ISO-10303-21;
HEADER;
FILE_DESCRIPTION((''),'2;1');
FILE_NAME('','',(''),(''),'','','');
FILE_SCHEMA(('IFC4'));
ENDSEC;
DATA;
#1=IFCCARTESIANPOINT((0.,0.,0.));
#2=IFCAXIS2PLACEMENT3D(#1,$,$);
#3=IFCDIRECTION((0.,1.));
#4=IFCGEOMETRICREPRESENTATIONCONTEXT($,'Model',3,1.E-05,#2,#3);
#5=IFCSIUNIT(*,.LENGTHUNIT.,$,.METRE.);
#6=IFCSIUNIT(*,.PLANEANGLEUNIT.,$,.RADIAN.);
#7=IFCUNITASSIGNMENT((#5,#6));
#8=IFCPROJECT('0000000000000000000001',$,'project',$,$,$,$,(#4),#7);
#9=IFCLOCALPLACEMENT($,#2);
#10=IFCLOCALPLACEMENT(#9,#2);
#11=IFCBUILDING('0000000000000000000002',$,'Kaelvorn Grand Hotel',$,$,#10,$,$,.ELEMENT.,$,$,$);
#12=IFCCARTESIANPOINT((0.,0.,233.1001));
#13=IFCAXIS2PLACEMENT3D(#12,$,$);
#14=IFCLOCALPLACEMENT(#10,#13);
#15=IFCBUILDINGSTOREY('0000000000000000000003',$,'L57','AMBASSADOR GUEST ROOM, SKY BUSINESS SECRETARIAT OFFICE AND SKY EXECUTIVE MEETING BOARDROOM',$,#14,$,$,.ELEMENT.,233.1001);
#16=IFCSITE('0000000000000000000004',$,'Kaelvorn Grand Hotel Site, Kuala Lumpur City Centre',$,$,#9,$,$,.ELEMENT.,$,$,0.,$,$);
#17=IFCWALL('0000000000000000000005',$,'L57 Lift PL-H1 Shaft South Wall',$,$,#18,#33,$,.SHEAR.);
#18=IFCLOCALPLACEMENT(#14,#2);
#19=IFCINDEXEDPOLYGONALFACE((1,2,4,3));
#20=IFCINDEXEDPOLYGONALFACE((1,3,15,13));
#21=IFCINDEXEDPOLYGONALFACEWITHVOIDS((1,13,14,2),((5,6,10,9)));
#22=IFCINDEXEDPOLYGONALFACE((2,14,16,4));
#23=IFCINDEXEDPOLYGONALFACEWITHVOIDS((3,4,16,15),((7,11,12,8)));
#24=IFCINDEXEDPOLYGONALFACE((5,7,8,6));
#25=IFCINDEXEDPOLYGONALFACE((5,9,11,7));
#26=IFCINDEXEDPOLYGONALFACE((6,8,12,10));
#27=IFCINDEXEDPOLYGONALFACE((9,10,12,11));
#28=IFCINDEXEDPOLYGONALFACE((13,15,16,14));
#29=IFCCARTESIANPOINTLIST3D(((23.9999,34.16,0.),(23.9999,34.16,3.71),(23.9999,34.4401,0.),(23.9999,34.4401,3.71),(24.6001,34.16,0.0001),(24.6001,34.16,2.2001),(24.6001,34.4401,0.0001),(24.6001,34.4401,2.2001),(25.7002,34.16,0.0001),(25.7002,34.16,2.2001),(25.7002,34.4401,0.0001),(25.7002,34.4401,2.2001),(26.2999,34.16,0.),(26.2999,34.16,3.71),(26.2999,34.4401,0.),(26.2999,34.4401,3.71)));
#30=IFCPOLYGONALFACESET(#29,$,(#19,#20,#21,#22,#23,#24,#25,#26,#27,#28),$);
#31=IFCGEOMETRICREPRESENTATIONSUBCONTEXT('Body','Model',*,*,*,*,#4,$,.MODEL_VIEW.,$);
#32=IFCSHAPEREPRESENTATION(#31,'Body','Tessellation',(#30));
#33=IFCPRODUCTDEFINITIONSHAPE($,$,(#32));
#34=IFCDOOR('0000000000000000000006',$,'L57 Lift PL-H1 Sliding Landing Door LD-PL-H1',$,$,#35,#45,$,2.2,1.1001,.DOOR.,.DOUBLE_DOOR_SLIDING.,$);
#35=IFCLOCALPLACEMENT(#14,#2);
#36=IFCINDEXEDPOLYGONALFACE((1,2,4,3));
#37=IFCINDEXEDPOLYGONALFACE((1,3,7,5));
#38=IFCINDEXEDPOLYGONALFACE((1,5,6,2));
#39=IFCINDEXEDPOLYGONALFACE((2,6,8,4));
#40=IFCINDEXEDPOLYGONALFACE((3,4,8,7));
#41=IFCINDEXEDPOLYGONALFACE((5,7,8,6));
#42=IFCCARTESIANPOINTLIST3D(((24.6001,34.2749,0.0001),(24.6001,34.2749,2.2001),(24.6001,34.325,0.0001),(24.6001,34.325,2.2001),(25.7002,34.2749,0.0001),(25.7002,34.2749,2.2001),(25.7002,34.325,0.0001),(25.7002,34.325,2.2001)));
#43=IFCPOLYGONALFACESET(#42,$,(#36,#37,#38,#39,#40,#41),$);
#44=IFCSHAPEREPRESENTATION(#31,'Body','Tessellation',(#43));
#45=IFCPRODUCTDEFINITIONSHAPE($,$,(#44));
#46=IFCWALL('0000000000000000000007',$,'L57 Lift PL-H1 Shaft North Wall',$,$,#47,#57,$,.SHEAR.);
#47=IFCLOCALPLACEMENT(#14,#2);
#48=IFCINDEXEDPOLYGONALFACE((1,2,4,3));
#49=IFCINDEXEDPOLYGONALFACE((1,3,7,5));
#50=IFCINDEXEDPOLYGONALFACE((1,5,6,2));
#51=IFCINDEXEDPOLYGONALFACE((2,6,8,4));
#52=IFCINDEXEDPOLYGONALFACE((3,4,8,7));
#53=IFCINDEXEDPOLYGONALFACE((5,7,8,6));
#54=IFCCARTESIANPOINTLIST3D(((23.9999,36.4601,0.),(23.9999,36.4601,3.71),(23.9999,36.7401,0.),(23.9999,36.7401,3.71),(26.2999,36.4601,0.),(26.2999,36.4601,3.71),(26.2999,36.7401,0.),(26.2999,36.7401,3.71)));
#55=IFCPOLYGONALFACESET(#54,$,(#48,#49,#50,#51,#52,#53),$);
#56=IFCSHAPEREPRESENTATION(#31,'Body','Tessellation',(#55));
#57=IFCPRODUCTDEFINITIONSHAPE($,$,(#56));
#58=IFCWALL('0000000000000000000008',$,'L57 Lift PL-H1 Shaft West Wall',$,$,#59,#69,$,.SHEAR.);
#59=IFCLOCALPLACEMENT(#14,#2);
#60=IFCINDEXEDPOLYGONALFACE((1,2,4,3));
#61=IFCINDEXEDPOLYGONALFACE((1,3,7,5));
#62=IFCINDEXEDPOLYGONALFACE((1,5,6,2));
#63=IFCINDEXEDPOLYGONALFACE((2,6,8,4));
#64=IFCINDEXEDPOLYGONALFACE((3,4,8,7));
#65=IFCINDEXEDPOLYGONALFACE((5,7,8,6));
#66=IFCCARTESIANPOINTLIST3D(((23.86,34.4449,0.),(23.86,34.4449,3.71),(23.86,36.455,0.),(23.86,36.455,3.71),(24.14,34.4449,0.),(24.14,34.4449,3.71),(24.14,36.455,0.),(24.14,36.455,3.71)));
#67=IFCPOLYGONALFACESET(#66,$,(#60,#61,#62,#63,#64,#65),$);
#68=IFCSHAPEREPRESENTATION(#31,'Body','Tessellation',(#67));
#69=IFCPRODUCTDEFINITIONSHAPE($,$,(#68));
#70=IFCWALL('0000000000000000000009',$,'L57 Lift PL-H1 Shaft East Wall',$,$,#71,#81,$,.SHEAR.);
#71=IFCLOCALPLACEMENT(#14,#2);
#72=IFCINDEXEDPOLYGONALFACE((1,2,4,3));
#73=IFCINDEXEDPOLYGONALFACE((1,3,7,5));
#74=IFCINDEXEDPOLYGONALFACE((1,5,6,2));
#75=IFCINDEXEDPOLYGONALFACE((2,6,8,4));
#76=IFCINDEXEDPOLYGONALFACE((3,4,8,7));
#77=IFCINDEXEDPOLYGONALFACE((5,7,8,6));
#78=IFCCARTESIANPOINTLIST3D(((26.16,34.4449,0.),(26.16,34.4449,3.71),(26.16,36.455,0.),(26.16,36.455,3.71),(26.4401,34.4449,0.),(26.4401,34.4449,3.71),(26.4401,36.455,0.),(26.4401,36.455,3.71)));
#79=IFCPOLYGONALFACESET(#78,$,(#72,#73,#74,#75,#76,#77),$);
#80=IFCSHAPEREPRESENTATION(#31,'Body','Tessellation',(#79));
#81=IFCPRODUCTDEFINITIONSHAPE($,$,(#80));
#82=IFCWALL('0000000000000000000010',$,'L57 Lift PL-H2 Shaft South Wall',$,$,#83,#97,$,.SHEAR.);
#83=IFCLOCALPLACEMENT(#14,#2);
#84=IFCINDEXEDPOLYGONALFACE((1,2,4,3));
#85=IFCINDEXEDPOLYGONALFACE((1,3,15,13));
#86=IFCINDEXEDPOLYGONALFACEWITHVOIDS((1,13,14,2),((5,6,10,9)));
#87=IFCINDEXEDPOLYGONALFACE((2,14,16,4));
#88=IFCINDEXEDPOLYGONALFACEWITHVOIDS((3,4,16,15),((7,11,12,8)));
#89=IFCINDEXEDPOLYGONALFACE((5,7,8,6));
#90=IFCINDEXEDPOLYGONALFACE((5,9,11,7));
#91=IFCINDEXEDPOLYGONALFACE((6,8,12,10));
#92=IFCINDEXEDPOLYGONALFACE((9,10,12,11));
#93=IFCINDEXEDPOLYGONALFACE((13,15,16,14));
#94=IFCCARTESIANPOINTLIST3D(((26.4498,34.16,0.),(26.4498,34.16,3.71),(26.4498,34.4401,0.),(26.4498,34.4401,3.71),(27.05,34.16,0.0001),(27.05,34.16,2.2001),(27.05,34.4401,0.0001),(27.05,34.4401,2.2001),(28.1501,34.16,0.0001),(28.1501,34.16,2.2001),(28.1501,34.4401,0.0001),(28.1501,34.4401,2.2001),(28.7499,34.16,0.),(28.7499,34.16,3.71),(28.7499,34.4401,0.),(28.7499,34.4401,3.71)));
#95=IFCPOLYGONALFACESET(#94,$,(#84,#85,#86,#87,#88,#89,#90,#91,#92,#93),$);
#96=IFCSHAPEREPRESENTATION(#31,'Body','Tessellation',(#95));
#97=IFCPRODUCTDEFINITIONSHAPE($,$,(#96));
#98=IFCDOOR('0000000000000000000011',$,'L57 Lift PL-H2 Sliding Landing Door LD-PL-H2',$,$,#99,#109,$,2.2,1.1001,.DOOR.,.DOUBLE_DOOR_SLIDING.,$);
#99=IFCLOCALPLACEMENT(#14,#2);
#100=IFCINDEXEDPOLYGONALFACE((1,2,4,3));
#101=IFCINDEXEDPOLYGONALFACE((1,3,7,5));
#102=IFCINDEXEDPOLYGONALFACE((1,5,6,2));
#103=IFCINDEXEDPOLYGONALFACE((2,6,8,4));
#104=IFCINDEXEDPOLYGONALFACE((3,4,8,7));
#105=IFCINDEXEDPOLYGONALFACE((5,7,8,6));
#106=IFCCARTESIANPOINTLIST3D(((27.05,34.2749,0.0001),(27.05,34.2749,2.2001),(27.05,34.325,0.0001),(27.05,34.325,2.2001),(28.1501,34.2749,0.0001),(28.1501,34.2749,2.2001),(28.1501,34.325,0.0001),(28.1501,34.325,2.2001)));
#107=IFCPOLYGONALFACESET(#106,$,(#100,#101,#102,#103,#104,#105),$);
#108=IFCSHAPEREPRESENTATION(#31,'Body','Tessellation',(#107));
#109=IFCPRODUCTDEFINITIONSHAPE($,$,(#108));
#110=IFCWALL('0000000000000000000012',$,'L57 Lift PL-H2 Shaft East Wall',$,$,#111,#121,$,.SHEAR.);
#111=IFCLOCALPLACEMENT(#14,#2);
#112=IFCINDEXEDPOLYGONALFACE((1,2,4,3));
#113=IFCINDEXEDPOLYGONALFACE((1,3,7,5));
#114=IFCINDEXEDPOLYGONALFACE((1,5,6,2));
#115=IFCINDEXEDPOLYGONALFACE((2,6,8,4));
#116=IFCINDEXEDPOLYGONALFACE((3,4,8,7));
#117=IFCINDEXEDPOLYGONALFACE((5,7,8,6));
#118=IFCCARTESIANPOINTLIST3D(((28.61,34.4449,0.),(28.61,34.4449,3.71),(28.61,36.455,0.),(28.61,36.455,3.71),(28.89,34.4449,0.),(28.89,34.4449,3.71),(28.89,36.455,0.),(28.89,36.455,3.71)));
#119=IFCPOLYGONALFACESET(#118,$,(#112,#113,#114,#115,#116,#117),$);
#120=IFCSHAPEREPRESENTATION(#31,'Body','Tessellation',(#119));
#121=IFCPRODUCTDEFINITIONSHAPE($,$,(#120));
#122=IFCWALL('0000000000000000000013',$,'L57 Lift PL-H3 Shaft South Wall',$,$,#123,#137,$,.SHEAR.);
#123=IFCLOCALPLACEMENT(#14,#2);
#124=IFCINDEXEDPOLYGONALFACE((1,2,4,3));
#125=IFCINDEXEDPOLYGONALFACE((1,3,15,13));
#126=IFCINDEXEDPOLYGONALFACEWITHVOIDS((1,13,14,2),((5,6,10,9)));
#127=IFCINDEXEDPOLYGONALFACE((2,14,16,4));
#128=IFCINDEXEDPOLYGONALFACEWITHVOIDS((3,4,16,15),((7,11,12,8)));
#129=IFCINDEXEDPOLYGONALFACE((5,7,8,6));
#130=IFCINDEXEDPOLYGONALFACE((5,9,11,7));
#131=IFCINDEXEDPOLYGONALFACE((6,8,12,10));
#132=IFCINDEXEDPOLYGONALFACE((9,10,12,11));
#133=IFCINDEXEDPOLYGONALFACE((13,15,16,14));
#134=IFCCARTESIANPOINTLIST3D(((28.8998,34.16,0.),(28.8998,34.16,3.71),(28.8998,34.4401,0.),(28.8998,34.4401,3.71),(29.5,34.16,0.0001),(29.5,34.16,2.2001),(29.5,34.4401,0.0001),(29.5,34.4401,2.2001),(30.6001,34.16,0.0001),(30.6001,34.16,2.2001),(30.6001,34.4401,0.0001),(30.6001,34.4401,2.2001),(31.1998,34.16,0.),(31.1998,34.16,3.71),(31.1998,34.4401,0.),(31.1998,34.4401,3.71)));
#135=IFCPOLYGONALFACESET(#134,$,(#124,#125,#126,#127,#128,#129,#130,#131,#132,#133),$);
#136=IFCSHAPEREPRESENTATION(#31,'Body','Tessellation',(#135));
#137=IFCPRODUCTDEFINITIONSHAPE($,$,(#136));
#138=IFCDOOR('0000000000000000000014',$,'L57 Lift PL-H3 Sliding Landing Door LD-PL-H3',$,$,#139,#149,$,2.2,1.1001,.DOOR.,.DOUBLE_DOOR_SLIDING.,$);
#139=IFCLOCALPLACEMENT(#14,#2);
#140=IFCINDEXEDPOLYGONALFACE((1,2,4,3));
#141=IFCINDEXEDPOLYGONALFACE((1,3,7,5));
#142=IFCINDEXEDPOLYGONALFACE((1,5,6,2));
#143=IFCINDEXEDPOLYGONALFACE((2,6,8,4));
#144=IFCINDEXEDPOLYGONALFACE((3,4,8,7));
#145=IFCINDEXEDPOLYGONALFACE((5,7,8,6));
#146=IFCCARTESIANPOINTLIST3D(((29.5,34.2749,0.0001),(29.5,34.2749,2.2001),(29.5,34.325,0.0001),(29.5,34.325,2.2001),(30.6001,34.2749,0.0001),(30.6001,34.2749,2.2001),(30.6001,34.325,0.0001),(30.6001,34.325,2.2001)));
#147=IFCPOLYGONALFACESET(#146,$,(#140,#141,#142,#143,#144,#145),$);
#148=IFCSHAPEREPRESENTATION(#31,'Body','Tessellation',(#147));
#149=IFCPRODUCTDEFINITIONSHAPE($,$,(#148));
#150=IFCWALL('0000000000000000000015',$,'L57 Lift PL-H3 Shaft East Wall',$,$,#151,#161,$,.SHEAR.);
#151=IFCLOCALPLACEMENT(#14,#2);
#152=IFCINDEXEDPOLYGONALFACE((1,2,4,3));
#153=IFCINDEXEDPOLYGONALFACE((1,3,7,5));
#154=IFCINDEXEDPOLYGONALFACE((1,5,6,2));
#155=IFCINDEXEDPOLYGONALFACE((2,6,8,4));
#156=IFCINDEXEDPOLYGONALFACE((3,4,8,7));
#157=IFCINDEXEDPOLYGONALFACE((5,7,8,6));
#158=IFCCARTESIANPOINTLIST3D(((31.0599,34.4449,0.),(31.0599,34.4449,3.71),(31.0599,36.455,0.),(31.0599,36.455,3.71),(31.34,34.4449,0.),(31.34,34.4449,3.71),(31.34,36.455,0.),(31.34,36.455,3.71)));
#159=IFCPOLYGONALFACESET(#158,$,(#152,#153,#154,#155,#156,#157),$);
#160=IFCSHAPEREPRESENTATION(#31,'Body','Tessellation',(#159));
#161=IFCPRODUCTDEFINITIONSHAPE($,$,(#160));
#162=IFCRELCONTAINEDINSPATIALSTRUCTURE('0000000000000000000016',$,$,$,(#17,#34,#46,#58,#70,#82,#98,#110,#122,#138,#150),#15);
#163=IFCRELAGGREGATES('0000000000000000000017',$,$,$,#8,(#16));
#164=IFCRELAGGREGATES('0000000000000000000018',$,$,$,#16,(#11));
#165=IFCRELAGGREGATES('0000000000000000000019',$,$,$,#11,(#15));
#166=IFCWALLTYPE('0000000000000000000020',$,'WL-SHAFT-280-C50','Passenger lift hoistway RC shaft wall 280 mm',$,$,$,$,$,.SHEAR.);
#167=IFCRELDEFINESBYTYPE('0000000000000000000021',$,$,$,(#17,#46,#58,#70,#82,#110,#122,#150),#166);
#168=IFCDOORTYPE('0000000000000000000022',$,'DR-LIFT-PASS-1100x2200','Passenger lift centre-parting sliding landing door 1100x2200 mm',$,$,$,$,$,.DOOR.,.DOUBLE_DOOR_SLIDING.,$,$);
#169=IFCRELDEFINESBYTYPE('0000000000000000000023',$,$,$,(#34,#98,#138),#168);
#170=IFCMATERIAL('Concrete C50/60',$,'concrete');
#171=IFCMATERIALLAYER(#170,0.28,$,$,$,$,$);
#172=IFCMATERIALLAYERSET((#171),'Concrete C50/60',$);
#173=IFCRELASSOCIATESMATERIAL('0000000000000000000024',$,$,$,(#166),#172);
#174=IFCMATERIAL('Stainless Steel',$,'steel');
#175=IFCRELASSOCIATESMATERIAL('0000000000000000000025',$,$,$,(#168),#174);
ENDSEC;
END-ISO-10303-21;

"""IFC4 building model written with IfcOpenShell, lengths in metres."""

from ifc_helpers import new_model, si_unit, direction, frame, frame_2d, origin, place, context, subcontext, project, spatial, rectangle, extrude, material, layer, layer_set, type_object, element, fill, save


model = new_model("IFC4")

# Units and contexts
model_context = context("Model", 3, precision=1e-05, world=origin(), true_north=direction((0.0, 1.0)))
body_context = subcontext(model_context, "Body", "Model", "MODEL_VIEW")
ifc_project = project(units=[si_unit("LENGTHUNIT", "METRE"), si_unit("PLANEANGLEUNIT", "RADIAN")], contexts=[model_context])

# Site, building, storey
site_placement = place(None, origin())
site = spatial("IfcSite", under=ifc_project, at=site_placement, Name="Kaelvorn Grand Hotel Site, Kuala Lumpur City Centre", CompositionType="ELEMENT", RefElevation=0.0)
building_placement = place(site_placement, origin())
building = spatial("IfcBuilding", under=site, at=building_placement, Name="Kaelvorn Grand Hotel", CompositionType="ELEMENT")
storey_placement = place(building_placement, frame((0.0, 0.0, 233.1001)))
storey = spatial("IfcBuildingStorey", under=building, at=storey_placement, Name="L57", Description="AMBASSADOR GUEST ROOM, SKY BUSINESS SECRETARIAT OFFICE AND SKY EXECUTIVE MEETING BOARDROOM", CompositionType="ELEMENT", Elevation=233.1001)

# Shared definitions
ifc_material_1 = material(Name="Concrete C50/60", Category="concrete")

# Wall, opening, door
ifc_layer_1 = layer(ifc_material_1, 0.28)
ifc_layer_set_1 = layer_set([ifc_layer_1], Name="Concrete C50/60")
wall_type_1 = type_object("IfcWallType", Name="WL-SHAFT-280-C50", Description="Passenger lift hoistway RC shaft wall 280 mm", PredefinedType="SHEAR", material=ifc_layer_set_1)
wall_1_placement = place(storey_placement, frame((24.0, 34.3, 0.0), z_axis=(0.0, 0.0, 1.0), x_axis=(1.0, 0.0, 0.0)))
wall_1 = element("IfcWall", 1, at=wall_1_placement, inside=storey, type_object=wall_type_1, Name="L57 Lift PL-H1 Shaft South Wall", PredefinedType="SHEAR", context=body_context, shape_type="SweptSolid", body=[
    extrude(rectangle(XDim=2.3, YDim=0.28, at=frame_2d((1.1499, 0.0))), origin(), (0.0, 0.0, 1.0), 3.71),
])
opening_1_placement = place(wall_1_placement, frame((0.6001, 0.0, 0.0)))
opening_1 = element("IfcOpeningElement", 2, at=opening_1_placement, cuts=wall_1, PredefinedType="OPENING", context=body_context, shape_type="SweptSolid", body=[
    extrude(rectangle(XDim=1.1001, YDim=2.2, at=frame_2d((0.55, 1.1001))), frame((0.0, 0.1499, 0.0), z_axis=(0.0, -1.0, 0.0), x_axis=(1.0, 0.0, 0.0)), (0.0, 0.0, 1.0), 0.3),
])
ifc_material_2 = material(Name="Stainless Steel", Category="steel")
door_type_1 = type_object("IfcDoorType", Name="DR-LIFT-PASS-1100x2200", Description="Passenger lift centre-parting sliding landing door 1100x2200 mm", OperationType="DOUBLE_DOOR_SLIDING", PredefinedType="DOOR", material=ifc_material_2)
door_1_placement = place(opening_1_placement, origin())
door_1 = element("IfcDoor", 3, at=door_1_placement, inside=storey, type_object=door_type_1, Name="L57 Lift PL-H1 Sliding Landing Door LD-PL-H1", OperationType="DOUBLE_DOOR_SLIDING", OverallHeight=2.2, OverallWidth=1.1001, PredefinedType="DOOR", context=body_context, shape_type="SweptSolid", body=[
    extrude(rectangle(XDim=1.1001, YDim=2.2, at=frame_2d((0.55, 1.1001))), frame((0.0, 0.0249, 0.0), z_axis=(0.0, -1.0, 0.0), x_axis=(1.0, 0.0, 0.0)), (0.0, 0.0, 1.0), 0.05),
])
fill(opening_1, door_1)

# Walls
wall_2_placement = place(storey_placement, frame((24.0, 36.6001, 0.0), z_axis=(0.0, 0.0, 1.0), x_axis=(1.0, 0.0, 0.0)))
element("IfcWall", 4, at=wall_2_placement, inside=storey, type_object=wall_type_1, Name="L57 Lift PL-H1 Shaft North Wall", PredefinedType="SHEAR", context=body_context, shape_type="SweptSolid", body=[
    extrude(rectangle(XDim=2.3, YDim=0.28, at=frame_2d((1.1499, 0.0))), origin(), (0.0, 0.0, 1.0), 3.71),
])
for number, where, z_axis, x_axis, name in (
    (5, (24.0, 34.4451, 0.0), (0.0, 0.0, 1.0), (0.0, 1.0, 0.0), "L57 Lift PL-H1 Shaft West Wall"),
    (6, (26.3, 34.4451, 0.0), (0.0, 0.0, 1.0), (0.0, 1.0, 0.0), "L57 Lift PL-H1 Shaft East Wall"),
):
    element("IfcWall", number, at=place(storey_placement, frame(where, z_axis=z_axis, x_axis=x_axis)), inside=storey, type_object=wall_type_1, Name=name, PredefinedType="SHEAR", context=body_context, shape_type="SweptSolid", body=[
        extrude(rectangle(XDim=2.01, YDim=0.28, at=frame_2d((1.0049, 0.0))), origin(), (0.0, 0.0, 1.0), 3.71),
    ])

# Wall, opening, door
wall_3_placement = place(storey_placement, frame((26.45, 34.3, 0.0), z_axis=(0.0, 0.0, 1.0), x_axis=(1.0, 0.0, 0.0)))
wall_3 = element("IfcWall", 7, at=wall_3_placement, inside=storey, type_object=wall_type_1, Name="L57 Lift PL-H2 Shaft South Wall", PredefinedType="SHEAR", context=body_context, shape_type="SweptSolid", body=[
    extrude(rectangle(XDim=2.3, YDim=0.28, at=frame_2d((1.1499, 0.0))), origin(), (0.0, 0.0, 1.0), 3.71),
])
opening_2_placement = place(wall_3_placement, frame((0.6001, 0.0, 0.0)))
opening_2 = element("IfcOpeningElement", 8, at=opening_2_placement, cuts=wall_3, PredefinedType="OPENING", context=body_context, shape_type="SweptSolid", body=[
    extrude(rectangle(XDim=1.1001, YDim=2.2, at=frame_2d((0.55, 1.1001))), frame((0.0, 0.1499, 0.0), z_axis=(0.0, -1.0, 0.0), x_axis=(1.0, 0.0, 0.0)), (0.0, 0.0, 1.0), 0.3),
])
door_2_placement = place(opening_2_placement, origin())
door_2 = element("IfcDoor", 9, at=door_2_placement, inside=storey, type_object=door_type_1, Name="L57 Lift PL-H2 Sliding Landing Door LD-PL-H2", OperationType="DOUBLE_DOOR_SLIDING", OverallHeight=2.2, OverallWidth=1.1001, PredefinedType="DOOR", context=body_context, shape_type="SweptSolid", body=[
    extrude(rectangle(XDim=1.1001, YDim=2.2, at=frame_2d((0.55, 1.1001))), frame((0.0, 0.0249, 0.0), z_axis=(0.0, -1.0, 0.0), x_axis=(1.0, 0.0, 0.0)), (0.0, 0.0, 1.0), 0.05),
])
fill(opening_2, door_2)

# Wall
wall_4_placement = place(storey_placement, frame((28.75, 34.4451, 0.0), z_axis=(0.0, 0.0, 1.0), x_axis=(0.0, 1.0, 0.0)))
element("IfcWall", 10, at=wall_4_placement, inside=storey, type_object=wall_type_1, Name="L57 Lift PL-H2 Shaft East Wall", PredefinedType="SHEAR", context=body_context, shape_type="SweptSolid", body=[
    extrude(rectangle(XDim=2.01, YDim=0.28, at=frame_2d((1.0049, 0.0))), origin(), (0.0, 0.0, 1.0), 3.71),
])

# Wall, opening, door
wall_5_placement = place(storey_placement, frame((28.8999, 34.3, 0.0), z_axis=(0.0, 0.0, 1.0), x_axis=(1.0, 0.0, 0.0)))
wall_5 = element("IfcWall", 11, at=wall_5_placement, inside=storey, type_object=wall_type_1, Name="L57 Lift PL-H3 Shaft South Wall", PredefinedType="SHEAR", context=body_context, shape_type="SweptSolid", body=[
    extrude(rectangle(XDim=2.3, YDim=0.28, at=frame_2d((1.1499, 0.0))), origin(), (0.0, 0.0, 1.0), 3.71),
])
opening_3_placement = place(wall_5_placement, frame((0.6001, 0.0, 0.0)))
opening_3 = element("IfcOpeningElement", 12, at=opening_3_placement, cuts=wall_5, PredefinedType="OPENING", context=body_context, shape_type="SweptSolid", body=[
    extrude(rectangle(XDim=1.1001, YDim=2.2, at=frame_2d((0.55, 1.1001))), frame((0.0, 0.1499, 0.0), z_axis=(0.0, -1.0, 0.0), x_axis=(1.0, 0.0, 0.0)), (0.0, 0.0, 1.0), 0.3),
])
door_3_placement = place(opening_3_placement, origin())
door_3 = element("IfcDoor", 13, at=door_3_placement, inside=storey, type_object=door_type_1, Name="L57 Lift PL-H3 Sliding Landing Door LD-PL-H3", OperationType="DOUBLE_DOOR_SLIDING", OverallHeight=2.2, OverallWidth=1.1001, PredefinedType="DOOR", context=body_context, shape_type="SweptSolid", body=[
    extrude(rectangle(XDim=1.1001, YDim=2.2, at=frame_2d((0.55, 1.1001))), frame((0.0, 0.0249, 0.0), z_axis=(0.0, -1.0, 0.0), x_axis=(1.0, 0.0, 0.0)), (0.0, 0.0, 1.0), 0.05),
])
fill(opening_3, door_3)

# Wall
wall_6_placement = place(storey_placement, frame((31.2, 34.4451, 0.0), z_axis=(0.0, 0.0, 1.0), x_axis=(0.0, 1.0, 0.0)))
element("IfcWall", 14, at=wall_6_placement, inside=storey, type_object=wall_type_1, Name="L57 Lift PL-H3 Shaft East Wall", PredefinedType="SHEAR", context=body_context, shape_type="SweptSolid", body=[
    extrude(rectangle(XDim=2.01, YDim=0.28, at=frame_2d((1.0049, 0.0))), origin(), (0.0, 0.0, 1.0), 3.71),
])

save(model, "model.ifc")
